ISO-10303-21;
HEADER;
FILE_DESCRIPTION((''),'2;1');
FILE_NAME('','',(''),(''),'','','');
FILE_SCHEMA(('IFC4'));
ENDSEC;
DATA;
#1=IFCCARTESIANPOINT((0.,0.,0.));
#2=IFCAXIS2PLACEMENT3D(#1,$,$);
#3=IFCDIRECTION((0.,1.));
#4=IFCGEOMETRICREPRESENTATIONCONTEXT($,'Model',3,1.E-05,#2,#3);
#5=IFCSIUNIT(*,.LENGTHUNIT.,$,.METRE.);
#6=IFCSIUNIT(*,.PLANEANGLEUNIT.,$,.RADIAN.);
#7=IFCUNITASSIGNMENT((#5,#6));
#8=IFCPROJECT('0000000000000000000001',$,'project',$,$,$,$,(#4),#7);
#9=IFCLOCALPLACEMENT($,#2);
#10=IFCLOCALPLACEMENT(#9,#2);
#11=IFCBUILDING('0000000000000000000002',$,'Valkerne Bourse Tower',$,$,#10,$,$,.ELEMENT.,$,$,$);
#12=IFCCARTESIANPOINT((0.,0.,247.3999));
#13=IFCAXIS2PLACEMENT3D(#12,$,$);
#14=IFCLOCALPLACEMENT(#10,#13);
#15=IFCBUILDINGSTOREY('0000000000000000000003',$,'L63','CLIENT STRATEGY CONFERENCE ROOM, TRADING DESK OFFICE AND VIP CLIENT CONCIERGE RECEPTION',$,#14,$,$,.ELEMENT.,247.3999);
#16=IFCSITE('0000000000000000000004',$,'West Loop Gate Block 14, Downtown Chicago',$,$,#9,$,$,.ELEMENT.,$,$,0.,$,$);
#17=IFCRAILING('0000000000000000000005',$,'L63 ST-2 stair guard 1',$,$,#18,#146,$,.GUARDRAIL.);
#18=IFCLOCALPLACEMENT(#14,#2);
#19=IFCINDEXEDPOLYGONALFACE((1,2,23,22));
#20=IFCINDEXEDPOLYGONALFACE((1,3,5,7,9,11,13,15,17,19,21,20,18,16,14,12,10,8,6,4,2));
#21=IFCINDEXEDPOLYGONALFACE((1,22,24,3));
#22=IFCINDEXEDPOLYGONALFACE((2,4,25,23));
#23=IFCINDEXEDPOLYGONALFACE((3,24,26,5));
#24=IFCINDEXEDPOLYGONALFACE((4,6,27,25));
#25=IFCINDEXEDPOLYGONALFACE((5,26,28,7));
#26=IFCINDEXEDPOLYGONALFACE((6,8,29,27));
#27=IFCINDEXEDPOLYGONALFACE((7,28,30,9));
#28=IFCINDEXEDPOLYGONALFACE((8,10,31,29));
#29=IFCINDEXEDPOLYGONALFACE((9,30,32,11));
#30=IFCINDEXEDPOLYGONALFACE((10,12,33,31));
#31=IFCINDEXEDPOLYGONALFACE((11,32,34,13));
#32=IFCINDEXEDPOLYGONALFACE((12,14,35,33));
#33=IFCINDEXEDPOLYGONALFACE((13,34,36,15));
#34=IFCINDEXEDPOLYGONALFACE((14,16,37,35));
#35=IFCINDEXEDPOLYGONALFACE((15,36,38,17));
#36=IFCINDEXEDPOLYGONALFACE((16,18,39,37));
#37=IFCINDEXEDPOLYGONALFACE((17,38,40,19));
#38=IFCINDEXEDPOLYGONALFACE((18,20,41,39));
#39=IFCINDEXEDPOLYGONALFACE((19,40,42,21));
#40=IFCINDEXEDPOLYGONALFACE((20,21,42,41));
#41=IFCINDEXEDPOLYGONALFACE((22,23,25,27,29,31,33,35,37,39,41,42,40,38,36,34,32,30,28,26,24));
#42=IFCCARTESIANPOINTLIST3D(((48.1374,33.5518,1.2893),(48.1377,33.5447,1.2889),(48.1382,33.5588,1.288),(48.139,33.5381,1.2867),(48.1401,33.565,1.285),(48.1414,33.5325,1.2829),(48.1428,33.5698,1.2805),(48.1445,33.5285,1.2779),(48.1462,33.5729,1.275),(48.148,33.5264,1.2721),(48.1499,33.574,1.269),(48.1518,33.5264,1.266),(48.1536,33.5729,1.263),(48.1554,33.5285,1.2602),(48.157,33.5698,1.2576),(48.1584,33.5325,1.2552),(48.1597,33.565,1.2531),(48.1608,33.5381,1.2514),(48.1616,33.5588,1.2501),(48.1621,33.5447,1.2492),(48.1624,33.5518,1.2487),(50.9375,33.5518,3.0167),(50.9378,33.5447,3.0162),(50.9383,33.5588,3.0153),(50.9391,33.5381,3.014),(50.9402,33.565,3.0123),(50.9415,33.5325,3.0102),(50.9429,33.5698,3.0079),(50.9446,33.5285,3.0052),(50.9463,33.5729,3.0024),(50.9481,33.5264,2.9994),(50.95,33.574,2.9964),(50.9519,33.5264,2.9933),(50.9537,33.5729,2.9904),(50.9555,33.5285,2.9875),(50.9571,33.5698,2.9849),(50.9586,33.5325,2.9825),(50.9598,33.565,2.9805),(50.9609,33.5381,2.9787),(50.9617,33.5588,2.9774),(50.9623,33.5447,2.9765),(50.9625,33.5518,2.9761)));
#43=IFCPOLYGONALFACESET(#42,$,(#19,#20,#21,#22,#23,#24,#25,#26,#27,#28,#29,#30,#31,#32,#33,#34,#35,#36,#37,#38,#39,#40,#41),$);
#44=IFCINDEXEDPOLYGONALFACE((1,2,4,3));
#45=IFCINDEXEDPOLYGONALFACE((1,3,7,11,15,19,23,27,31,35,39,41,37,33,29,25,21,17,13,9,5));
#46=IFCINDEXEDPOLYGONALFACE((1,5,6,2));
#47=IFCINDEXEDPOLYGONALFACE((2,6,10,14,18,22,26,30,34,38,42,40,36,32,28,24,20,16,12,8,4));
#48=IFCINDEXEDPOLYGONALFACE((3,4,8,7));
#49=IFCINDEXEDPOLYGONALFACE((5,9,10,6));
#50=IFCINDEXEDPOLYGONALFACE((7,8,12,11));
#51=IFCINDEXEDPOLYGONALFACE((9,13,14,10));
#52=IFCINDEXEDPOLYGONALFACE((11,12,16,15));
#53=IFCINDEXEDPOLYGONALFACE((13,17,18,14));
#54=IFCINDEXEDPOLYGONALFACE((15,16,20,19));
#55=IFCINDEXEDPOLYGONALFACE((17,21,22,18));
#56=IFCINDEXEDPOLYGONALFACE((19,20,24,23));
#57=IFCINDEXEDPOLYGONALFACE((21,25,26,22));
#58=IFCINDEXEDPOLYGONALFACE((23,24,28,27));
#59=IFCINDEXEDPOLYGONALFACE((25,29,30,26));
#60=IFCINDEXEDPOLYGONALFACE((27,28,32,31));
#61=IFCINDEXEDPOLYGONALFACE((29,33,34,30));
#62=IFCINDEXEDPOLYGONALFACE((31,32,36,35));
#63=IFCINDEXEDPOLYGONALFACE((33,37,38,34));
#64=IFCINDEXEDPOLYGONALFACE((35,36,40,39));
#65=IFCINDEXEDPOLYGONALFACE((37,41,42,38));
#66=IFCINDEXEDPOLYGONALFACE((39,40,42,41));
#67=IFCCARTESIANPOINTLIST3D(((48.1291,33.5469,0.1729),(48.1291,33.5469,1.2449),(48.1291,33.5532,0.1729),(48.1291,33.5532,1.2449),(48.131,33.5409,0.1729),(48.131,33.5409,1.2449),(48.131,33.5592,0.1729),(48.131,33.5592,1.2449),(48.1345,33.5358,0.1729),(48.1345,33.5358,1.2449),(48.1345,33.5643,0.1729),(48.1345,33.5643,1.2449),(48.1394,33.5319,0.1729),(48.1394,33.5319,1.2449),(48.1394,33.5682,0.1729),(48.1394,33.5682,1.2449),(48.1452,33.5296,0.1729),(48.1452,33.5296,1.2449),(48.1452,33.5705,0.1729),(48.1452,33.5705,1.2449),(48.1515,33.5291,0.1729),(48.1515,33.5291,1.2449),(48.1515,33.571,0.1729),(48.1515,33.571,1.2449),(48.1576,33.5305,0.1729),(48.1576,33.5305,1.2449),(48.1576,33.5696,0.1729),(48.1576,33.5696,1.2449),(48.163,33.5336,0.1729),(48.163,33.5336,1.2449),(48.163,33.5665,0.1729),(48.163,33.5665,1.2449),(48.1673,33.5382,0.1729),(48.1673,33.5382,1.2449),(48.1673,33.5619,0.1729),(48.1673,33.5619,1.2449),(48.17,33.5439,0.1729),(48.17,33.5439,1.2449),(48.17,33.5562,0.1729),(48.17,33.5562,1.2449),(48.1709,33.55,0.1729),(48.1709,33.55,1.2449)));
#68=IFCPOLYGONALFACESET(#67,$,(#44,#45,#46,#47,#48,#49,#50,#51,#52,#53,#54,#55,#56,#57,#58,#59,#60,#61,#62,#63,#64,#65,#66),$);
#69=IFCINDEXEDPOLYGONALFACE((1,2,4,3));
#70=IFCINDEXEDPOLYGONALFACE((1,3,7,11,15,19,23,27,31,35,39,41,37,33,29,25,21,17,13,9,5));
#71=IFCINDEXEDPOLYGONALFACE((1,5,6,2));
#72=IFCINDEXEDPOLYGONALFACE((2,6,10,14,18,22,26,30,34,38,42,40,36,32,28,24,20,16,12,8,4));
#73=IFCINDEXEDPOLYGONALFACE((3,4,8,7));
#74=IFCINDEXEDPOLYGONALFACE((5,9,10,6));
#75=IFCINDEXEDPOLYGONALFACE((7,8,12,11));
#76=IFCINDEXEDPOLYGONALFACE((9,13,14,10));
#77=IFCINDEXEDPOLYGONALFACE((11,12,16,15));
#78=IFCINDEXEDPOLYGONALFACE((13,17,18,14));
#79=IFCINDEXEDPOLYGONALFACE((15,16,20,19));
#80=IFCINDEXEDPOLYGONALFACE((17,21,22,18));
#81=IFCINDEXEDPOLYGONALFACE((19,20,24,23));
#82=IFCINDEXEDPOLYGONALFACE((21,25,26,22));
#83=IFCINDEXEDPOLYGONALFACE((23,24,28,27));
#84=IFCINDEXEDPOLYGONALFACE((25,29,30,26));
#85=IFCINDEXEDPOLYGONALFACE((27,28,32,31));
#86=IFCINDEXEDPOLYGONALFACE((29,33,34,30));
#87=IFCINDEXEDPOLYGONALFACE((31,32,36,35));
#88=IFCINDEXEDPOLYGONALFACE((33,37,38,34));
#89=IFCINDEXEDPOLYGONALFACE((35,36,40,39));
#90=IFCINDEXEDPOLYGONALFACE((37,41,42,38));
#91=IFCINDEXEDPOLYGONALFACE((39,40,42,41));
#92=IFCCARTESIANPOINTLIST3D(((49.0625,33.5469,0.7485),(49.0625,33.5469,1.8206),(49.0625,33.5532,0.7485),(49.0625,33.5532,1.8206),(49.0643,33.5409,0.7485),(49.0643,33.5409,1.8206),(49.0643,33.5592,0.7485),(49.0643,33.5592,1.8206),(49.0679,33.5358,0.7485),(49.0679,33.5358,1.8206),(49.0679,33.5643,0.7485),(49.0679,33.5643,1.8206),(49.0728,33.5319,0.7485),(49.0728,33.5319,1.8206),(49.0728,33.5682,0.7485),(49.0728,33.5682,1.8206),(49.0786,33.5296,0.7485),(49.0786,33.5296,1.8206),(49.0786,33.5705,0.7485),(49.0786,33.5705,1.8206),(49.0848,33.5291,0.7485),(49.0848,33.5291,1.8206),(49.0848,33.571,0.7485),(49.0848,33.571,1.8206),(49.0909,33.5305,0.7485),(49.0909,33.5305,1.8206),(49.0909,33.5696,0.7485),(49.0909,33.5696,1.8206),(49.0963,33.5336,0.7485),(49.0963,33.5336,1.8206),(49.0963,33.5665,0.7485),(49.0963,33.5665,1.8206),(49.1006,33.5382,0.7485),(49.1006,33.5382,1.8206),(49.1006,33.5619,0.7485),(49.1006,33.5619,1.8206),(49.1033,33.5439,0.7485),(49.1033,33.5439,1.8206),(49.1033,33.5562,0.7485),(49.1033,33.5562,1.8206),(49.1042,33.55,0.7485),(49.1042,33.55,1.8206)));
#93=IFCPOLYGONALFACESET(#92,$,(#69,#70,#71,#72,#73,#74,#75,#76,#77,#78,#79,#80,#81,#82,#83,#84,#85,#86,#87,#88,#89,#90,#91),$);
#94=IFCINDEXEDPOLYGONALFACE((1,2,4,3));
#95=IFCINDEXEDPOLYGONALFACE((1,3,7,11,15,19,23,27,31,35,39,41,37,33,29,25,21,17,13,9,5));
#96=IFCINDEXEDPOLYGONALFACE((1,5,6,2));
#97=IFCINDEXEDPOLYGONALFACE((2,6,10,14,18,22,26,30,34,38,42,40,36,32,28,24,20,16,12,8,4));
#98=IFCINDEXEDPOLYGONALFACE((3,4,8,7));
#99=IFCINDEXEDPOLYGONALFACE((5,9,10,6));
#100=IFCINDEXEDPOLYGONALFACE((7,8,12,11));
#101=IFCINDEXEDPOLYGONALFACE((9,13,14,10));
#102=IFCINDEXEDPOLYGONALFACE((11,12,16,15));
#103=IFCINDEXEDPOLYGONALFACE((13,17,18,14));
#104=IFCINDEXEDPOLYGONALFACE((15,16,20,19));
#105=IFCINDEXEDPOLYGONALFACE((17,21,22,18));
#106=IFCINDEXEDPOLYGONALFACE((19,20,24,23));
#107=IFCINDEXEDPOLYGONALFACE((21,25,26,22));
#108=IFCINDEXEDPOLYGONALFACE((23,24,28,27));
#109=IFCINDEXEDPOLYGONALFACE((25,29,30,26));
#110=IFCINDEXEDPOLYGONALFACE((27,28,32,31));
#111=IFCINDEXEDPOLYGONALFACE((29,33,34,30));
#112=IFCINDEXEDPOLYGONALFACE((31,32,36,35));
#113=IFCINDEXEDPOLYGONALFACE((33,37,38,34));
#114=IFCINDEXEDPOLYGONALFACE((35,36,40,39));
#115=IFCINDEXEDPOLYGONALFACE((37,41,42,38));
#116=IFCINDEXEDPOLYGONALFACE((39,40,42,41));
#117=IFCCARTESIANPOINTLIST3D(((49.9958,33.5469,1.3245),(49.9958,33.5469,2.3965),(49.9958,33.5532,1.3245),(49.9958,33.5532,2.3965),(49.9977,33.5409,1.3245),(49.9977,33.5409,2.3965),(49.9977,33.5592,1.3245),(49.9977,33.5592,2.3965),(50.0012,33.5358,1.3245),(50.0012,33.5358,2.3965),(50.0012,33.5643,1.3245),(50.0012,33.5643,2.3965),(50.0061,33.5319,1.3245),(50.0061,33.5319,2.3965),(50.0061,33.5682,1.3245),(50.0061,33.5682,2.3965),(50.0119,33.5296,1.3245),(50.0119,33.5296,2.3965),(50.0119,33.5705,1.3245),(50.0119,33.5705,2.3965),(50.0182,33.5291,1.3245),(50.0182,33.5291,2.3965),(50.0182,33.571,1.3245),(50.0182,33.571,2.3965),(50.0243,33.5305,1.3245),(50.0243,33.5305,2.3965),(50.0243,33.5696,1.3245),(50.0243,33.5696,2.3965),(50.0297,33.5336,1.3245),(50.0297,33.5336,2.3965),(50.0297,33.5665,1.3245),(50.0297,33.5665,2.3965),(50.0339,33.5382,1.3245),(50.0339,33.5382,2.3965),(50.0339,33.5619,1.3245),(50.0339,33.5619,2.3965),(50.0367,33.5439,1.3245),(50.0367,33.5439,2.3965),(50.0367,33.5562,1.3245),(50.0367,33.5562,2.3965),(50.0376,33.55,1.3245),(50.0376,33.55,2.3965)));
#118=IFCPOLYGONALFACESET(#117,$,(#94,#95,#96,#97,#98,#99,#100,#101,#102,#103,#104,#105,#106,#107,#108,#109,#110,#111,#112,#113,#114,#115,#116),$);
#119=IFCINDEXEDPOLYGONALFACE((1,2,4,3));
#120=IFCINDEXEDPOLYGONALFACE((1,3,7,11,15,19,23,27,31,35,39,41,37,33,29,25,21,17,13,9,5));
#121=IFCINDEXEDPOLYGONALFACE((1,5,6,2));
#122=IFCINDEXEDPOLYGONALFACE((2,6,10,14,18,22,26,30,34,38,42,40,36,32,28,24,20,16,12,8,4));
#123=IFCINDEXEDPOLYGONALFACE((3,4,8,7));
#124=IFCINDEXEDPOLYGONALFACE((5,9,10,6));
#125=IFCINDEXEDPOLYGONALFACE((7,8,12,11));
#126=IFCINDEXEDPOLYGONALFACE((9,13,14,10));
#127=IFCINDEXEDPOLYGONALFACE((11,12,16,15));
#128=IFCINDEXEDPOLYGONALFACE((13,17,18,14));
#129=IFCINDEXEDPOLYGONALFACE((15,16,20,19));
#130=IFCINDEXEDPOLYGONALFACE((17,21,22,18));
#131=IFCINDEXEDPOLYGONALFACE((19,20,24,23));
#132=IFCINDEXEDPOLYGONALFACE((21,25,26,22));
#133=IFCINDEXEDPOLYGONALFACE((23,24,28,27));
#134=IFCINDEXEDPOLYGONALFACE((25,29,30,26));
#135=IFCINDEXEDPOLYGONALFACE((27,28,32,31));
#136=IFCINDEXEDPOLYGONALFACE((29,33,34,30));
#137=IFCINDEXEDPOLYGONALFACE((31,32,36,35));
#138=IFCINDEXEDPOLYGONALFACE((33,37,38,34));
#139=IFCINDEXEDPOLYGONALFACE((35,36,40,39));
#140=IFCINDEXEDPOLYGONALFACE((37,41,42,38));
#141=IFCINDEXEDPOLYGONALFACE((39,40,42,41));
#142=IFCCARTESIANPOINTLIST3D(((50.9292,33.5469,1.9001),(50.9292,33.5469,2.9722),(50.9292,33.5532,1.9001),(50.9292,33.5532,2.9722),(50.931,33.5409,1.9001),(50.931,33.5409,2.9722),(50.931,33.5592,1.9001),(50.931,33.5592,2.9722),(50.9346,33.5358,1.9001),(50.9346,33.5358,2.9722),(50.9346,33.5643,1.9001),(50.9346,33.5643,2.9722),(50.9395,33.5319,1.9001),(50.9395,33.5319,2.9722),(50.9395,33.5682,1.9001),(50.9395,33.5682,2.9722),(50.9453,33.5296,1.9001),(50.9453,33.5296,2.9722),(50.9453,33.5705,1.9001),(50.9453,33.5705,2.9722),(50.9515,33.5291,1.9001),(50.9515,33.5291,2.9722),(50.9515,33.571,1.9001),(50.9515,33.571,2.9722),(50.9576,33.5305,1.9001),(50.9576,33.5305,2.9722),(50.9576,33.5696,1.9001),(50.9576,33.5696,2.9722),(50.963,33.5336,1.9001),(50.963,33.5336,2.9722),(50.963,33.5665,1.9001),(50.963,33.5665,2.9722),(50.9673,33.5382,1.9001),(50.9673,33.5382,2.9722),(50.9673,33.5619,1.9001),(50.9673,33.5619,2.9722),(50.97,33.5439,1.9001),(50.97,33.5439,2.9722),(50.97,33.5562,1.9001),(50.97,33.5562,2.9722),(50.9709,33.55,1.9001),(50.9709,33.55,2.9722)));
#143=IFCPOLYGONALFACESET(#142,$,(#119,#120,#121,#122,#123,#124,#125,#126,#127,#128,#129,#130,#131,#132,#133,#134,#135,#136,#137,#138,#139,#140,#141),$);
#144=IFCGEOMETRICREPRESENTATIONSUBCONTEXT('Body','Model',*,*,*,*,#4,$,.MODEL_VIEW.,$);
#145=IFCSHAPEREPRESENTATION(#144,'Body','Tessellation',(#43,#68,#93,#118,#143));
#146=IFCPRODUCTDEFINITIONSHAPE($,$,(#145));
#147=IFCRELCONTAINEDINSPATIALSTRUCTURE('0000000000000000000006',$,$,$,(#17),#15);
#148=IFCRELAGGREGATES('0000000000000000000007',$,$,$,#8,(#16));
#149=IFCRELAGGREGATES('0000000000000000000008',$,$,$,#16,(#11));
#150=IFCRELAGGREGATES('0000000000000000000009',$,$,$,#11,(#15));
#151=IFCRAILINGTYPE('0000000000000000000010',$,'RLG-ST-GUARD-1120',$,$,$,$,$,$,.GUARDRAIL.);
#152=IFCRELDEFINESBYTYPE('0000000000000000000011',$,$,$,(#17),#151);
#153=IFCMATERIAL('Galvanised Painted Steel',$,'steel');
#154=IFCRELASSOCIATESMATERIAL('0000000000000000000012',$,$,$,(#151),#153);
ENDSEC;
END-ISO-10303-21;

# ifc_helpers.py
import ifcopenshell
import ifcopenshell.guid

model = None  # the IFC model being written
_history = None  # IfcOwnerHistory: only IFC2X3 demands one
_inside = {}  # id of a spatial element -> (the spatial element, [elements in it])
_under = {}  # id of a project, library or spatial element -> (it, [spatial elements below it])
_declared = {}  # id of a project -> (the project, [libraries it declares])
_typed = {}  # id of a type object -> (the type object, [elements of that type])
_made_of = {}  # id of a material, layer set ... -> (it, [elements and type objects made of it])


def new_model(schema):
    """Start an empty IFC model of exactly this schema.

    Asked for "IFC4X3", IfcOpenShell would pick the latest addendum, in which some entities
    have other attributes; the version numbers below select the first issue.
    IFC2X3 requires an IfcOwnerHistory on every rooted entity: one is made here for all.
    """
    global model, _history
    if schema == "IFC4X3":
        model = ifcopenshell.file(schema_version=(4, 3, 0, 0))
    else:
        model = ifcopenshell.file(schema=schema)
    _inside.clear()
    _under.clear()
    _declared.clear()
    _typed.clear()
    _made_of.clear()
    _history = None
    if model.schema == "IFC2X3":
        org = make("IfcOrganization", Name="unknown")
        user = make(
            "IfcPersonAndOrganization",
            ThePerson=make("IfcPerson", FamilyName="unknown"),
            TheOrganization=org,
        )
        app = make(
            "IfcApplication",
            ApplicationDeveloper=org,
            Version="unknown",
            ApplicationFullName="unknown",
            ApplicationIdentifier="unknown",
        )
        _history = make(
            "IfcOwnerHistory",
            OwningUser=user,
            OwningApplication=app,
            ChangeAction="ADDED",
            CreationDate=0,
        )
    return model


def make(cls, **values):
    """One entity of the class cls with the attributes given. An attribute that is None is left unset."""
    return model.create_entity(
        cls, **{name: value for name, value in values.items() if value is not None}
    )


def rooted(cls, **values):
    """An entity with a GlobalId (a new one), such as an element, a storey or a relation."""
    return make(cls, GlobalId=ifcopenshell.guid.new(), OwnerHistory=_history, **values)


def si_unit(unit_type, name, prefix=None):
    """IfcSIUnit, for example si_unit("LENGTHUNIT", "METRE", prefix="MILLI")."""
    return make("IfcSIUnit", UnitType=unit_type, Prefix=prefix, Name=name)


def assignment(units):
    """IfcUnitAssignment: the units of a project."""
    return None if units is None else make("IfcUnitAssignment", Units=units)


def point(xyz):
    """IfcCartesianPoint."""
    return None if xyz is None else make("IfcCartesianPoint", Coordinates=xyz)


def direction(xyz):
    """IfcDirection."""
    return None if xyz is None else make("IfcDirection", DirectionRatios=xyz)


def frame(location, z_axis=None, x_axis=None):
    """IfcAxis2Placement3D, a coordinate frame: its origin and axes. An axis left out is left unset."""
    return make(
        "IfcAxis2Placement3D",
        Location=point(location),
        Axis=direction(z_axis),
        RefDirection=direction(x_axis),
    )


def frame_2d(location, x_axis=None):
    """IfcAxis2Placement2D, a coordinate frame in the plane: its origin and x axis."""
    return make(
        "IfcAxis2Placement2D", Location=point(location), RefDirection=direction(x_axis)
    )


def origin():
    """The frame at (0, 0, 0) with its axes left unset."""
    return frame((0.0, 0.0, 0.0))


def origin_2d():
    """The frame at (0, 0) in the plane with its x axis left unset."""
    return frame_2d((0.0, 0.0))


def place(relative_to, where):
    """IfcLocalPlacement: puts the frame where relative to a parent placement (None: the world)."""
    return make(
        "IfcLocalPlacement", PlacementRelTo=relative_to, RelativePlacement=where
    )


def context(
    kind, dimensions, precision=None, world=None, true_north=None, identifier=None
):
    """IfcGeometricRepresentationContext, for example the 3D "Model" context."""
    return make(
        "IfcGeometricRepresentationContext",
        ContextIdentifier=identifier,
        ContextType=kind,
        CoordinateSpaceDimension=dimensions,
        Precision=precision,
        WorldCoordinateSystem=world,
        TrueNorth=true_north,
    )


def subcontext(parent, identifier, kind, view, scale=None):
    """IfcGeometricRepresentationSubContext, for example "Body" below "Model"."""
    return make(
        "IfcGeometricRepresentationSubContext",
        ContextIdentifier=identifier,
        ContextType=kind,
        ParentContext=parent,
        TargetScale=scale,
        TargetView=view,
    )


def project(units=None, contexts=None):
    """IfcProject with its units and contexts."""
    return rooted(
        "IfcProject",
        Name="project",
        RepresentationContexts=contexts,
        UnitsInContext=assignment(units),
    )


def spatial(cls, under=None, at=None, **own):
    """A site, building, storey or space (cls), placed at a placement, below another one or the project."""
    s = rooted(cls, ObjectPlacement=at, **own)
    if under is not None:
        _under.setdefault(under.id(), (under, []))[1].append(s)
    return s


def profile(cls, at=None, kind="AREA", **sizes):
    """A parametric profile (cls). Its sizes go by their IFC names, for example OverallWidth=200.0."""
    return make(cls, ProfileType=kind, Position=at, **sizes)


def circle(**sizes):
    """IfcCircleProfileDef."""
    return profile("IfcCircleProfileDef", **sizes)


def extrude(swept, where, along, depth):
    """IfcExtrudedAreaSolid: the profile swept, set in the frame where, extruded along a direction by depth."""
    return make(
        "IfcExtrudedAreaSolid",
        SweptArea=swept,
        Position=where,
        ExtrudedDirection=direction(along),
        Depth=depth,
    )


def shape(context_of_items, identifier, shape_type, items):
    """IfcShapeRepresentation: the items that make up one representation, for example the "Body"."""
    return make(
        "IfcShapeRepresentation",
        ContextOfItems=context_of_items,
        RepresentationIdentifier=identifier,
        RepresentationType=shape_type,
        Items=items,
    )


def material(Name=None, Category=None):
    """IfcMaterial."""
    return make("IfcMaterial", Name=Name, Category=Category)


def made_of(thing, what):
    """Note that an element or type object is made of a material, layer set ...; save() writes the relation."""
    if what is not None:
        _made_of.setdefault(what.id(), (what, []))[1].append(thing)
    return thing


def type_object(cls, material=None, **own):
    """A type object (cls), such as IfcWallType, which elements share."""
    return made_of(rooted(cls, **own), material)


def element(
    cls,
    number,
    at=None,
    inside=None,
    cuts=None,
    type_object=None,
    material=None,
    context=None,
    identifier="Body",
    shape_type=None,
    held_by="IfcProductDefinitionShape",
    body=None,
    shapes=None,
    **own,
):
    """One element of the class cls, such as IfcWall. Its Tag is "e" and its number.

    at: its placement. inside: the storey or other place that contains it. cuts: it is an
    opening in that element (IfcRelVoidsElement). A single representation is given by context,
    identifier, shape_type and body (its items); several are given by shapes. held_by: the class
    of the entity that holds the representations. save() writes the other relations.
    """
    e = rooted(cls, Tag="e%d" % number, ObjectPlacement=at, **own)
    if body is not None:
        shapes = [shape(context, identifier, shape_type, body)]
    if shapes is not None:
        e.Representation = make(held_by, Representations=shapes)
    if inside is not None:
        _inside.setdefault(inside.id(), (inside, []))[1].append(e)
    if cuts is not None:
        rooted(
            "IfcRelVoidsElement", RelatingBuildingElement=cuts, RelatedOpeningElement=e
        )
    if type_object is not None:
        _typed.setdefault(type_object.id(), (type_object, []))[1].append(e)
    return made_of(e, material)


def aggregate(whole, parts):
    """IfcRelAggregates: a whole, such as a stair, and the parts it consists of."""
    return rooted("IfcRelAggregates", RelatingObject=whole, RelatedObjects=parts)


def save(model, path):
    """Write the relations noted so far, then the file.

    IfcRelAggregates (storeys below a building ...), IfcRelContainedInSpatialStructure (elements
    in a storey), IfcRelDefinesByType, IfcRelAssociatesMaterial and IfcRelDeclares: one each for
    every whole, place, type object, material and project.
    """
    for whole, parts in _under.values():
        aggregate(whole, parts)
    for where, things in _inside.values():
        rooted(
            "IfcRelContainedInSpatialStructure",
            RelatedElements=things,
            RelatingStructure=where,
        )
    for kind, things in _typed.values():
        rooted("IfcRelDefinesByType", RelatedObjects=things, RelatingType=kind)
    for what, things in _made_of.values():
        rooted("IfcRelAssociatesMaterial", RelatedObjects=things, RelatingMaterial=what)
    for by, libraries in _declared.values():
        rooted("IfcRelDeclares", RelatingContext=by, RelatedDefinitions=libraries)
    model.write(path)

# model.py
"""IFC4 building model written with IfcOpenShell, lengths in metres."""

from ifc_helpers import new_model, si_unit, direction, frame, origin, origin_2d, place, context, subcontext, project, spatial, circle, extrude, material, type_object, element, save


model = new_model("IFC4")

# Units and contexts
model_context = context("Model", 3, precision=1e-05, world=origin(), true_north=direction((0.0, 1.0)))
body_context = subcontext(model_context, "Body", "Model", "MODEL_VIEW")
ifc_project = project(units=[si_unit("LENGTHUNIT", "METRE"), si_unit("PLANEANGLEUNIT", "RADIAN")], contexts=[model_context])

# Site, building, storey
site_placement = place(None, origin())
site = spatial("IfcSite", under=ifc_project, at=site_placement, Name="West Loop Gate Block 14, Downtown Chicago", CompositionType="ELEMENT", RefElevation=0.0)
building_placement = place(site_placement, origin())
building = spatial("IfcBuilding", under=site, at=building_placement, Name="Valkerne Bourse Tower", CompositionType="ELEMENT")
storey_placement = place(building_placement, frame((0.0, 0.0, 247.3999)))
storey = spatial("IfcBuildingStorey", under=building, at=storey_placement, Name="L63", Description="CLIENT STRATEGY CONFERENCE ROOM, TRADING DESK OFFICE AND VIP CLIENT CONCIERGE RECEPTION", CompositionType="ELEMENT", Elevation=247.3999)

# Shared definitions
ifc_material_1 = material(Name="Galvanised Painted Steel", Category="steel")

# Railing
railing_type_1 = type_object("IfcRailingType", Name="RLG-ST-GUARD-1120", PredefinedType="GUARDRAIL", material=ifc_material_1)
railing_1_placement = place(storey_placement, frame((48.1499, 33.55, 0.1729)))
element("IfcRailing", 1, at=railing_1_placement, inside=storey, type_object=railing_type_1, Name="L63 ST-2 stair guard 1", PredefinedType="GUARDRAIL", context=body_context, shape_type="SweptSolid", body=[
    extrude(circle(Radius=0.0239, at=origin_2d()), frame((0.0, 0.0, 1.0962), z_axis=(0.85109, 0.0, 0.52502), x_axis=(0.0, 1.0, 0.0)), (0.0, 0.0, 1.0), 3.29),
    extrude(circle(Radius=0.021, at=origin_2d()), origin(), (0.0, 0.0, 1.0), 1.072),
    extrude(circle(Radius=0.021, at=origin_2d()), frame((0.9333, 0.0, 0.5757)), (0.0, 0.0, 1.0), 1.072),
    extrude(circle(Radius=0.021, at=origin_2d()), frame((1.8667, 0.0, 1.1516)), (0.0, 0.0, 1.0), 1.072),
    extrude(circle(Radius=0.021, at=origin_2d()), frame((2.8, 0.0, 1.7273)), (0.0, 0.0, 1.0), 1.072),
])

save(model, "model.ifc")
